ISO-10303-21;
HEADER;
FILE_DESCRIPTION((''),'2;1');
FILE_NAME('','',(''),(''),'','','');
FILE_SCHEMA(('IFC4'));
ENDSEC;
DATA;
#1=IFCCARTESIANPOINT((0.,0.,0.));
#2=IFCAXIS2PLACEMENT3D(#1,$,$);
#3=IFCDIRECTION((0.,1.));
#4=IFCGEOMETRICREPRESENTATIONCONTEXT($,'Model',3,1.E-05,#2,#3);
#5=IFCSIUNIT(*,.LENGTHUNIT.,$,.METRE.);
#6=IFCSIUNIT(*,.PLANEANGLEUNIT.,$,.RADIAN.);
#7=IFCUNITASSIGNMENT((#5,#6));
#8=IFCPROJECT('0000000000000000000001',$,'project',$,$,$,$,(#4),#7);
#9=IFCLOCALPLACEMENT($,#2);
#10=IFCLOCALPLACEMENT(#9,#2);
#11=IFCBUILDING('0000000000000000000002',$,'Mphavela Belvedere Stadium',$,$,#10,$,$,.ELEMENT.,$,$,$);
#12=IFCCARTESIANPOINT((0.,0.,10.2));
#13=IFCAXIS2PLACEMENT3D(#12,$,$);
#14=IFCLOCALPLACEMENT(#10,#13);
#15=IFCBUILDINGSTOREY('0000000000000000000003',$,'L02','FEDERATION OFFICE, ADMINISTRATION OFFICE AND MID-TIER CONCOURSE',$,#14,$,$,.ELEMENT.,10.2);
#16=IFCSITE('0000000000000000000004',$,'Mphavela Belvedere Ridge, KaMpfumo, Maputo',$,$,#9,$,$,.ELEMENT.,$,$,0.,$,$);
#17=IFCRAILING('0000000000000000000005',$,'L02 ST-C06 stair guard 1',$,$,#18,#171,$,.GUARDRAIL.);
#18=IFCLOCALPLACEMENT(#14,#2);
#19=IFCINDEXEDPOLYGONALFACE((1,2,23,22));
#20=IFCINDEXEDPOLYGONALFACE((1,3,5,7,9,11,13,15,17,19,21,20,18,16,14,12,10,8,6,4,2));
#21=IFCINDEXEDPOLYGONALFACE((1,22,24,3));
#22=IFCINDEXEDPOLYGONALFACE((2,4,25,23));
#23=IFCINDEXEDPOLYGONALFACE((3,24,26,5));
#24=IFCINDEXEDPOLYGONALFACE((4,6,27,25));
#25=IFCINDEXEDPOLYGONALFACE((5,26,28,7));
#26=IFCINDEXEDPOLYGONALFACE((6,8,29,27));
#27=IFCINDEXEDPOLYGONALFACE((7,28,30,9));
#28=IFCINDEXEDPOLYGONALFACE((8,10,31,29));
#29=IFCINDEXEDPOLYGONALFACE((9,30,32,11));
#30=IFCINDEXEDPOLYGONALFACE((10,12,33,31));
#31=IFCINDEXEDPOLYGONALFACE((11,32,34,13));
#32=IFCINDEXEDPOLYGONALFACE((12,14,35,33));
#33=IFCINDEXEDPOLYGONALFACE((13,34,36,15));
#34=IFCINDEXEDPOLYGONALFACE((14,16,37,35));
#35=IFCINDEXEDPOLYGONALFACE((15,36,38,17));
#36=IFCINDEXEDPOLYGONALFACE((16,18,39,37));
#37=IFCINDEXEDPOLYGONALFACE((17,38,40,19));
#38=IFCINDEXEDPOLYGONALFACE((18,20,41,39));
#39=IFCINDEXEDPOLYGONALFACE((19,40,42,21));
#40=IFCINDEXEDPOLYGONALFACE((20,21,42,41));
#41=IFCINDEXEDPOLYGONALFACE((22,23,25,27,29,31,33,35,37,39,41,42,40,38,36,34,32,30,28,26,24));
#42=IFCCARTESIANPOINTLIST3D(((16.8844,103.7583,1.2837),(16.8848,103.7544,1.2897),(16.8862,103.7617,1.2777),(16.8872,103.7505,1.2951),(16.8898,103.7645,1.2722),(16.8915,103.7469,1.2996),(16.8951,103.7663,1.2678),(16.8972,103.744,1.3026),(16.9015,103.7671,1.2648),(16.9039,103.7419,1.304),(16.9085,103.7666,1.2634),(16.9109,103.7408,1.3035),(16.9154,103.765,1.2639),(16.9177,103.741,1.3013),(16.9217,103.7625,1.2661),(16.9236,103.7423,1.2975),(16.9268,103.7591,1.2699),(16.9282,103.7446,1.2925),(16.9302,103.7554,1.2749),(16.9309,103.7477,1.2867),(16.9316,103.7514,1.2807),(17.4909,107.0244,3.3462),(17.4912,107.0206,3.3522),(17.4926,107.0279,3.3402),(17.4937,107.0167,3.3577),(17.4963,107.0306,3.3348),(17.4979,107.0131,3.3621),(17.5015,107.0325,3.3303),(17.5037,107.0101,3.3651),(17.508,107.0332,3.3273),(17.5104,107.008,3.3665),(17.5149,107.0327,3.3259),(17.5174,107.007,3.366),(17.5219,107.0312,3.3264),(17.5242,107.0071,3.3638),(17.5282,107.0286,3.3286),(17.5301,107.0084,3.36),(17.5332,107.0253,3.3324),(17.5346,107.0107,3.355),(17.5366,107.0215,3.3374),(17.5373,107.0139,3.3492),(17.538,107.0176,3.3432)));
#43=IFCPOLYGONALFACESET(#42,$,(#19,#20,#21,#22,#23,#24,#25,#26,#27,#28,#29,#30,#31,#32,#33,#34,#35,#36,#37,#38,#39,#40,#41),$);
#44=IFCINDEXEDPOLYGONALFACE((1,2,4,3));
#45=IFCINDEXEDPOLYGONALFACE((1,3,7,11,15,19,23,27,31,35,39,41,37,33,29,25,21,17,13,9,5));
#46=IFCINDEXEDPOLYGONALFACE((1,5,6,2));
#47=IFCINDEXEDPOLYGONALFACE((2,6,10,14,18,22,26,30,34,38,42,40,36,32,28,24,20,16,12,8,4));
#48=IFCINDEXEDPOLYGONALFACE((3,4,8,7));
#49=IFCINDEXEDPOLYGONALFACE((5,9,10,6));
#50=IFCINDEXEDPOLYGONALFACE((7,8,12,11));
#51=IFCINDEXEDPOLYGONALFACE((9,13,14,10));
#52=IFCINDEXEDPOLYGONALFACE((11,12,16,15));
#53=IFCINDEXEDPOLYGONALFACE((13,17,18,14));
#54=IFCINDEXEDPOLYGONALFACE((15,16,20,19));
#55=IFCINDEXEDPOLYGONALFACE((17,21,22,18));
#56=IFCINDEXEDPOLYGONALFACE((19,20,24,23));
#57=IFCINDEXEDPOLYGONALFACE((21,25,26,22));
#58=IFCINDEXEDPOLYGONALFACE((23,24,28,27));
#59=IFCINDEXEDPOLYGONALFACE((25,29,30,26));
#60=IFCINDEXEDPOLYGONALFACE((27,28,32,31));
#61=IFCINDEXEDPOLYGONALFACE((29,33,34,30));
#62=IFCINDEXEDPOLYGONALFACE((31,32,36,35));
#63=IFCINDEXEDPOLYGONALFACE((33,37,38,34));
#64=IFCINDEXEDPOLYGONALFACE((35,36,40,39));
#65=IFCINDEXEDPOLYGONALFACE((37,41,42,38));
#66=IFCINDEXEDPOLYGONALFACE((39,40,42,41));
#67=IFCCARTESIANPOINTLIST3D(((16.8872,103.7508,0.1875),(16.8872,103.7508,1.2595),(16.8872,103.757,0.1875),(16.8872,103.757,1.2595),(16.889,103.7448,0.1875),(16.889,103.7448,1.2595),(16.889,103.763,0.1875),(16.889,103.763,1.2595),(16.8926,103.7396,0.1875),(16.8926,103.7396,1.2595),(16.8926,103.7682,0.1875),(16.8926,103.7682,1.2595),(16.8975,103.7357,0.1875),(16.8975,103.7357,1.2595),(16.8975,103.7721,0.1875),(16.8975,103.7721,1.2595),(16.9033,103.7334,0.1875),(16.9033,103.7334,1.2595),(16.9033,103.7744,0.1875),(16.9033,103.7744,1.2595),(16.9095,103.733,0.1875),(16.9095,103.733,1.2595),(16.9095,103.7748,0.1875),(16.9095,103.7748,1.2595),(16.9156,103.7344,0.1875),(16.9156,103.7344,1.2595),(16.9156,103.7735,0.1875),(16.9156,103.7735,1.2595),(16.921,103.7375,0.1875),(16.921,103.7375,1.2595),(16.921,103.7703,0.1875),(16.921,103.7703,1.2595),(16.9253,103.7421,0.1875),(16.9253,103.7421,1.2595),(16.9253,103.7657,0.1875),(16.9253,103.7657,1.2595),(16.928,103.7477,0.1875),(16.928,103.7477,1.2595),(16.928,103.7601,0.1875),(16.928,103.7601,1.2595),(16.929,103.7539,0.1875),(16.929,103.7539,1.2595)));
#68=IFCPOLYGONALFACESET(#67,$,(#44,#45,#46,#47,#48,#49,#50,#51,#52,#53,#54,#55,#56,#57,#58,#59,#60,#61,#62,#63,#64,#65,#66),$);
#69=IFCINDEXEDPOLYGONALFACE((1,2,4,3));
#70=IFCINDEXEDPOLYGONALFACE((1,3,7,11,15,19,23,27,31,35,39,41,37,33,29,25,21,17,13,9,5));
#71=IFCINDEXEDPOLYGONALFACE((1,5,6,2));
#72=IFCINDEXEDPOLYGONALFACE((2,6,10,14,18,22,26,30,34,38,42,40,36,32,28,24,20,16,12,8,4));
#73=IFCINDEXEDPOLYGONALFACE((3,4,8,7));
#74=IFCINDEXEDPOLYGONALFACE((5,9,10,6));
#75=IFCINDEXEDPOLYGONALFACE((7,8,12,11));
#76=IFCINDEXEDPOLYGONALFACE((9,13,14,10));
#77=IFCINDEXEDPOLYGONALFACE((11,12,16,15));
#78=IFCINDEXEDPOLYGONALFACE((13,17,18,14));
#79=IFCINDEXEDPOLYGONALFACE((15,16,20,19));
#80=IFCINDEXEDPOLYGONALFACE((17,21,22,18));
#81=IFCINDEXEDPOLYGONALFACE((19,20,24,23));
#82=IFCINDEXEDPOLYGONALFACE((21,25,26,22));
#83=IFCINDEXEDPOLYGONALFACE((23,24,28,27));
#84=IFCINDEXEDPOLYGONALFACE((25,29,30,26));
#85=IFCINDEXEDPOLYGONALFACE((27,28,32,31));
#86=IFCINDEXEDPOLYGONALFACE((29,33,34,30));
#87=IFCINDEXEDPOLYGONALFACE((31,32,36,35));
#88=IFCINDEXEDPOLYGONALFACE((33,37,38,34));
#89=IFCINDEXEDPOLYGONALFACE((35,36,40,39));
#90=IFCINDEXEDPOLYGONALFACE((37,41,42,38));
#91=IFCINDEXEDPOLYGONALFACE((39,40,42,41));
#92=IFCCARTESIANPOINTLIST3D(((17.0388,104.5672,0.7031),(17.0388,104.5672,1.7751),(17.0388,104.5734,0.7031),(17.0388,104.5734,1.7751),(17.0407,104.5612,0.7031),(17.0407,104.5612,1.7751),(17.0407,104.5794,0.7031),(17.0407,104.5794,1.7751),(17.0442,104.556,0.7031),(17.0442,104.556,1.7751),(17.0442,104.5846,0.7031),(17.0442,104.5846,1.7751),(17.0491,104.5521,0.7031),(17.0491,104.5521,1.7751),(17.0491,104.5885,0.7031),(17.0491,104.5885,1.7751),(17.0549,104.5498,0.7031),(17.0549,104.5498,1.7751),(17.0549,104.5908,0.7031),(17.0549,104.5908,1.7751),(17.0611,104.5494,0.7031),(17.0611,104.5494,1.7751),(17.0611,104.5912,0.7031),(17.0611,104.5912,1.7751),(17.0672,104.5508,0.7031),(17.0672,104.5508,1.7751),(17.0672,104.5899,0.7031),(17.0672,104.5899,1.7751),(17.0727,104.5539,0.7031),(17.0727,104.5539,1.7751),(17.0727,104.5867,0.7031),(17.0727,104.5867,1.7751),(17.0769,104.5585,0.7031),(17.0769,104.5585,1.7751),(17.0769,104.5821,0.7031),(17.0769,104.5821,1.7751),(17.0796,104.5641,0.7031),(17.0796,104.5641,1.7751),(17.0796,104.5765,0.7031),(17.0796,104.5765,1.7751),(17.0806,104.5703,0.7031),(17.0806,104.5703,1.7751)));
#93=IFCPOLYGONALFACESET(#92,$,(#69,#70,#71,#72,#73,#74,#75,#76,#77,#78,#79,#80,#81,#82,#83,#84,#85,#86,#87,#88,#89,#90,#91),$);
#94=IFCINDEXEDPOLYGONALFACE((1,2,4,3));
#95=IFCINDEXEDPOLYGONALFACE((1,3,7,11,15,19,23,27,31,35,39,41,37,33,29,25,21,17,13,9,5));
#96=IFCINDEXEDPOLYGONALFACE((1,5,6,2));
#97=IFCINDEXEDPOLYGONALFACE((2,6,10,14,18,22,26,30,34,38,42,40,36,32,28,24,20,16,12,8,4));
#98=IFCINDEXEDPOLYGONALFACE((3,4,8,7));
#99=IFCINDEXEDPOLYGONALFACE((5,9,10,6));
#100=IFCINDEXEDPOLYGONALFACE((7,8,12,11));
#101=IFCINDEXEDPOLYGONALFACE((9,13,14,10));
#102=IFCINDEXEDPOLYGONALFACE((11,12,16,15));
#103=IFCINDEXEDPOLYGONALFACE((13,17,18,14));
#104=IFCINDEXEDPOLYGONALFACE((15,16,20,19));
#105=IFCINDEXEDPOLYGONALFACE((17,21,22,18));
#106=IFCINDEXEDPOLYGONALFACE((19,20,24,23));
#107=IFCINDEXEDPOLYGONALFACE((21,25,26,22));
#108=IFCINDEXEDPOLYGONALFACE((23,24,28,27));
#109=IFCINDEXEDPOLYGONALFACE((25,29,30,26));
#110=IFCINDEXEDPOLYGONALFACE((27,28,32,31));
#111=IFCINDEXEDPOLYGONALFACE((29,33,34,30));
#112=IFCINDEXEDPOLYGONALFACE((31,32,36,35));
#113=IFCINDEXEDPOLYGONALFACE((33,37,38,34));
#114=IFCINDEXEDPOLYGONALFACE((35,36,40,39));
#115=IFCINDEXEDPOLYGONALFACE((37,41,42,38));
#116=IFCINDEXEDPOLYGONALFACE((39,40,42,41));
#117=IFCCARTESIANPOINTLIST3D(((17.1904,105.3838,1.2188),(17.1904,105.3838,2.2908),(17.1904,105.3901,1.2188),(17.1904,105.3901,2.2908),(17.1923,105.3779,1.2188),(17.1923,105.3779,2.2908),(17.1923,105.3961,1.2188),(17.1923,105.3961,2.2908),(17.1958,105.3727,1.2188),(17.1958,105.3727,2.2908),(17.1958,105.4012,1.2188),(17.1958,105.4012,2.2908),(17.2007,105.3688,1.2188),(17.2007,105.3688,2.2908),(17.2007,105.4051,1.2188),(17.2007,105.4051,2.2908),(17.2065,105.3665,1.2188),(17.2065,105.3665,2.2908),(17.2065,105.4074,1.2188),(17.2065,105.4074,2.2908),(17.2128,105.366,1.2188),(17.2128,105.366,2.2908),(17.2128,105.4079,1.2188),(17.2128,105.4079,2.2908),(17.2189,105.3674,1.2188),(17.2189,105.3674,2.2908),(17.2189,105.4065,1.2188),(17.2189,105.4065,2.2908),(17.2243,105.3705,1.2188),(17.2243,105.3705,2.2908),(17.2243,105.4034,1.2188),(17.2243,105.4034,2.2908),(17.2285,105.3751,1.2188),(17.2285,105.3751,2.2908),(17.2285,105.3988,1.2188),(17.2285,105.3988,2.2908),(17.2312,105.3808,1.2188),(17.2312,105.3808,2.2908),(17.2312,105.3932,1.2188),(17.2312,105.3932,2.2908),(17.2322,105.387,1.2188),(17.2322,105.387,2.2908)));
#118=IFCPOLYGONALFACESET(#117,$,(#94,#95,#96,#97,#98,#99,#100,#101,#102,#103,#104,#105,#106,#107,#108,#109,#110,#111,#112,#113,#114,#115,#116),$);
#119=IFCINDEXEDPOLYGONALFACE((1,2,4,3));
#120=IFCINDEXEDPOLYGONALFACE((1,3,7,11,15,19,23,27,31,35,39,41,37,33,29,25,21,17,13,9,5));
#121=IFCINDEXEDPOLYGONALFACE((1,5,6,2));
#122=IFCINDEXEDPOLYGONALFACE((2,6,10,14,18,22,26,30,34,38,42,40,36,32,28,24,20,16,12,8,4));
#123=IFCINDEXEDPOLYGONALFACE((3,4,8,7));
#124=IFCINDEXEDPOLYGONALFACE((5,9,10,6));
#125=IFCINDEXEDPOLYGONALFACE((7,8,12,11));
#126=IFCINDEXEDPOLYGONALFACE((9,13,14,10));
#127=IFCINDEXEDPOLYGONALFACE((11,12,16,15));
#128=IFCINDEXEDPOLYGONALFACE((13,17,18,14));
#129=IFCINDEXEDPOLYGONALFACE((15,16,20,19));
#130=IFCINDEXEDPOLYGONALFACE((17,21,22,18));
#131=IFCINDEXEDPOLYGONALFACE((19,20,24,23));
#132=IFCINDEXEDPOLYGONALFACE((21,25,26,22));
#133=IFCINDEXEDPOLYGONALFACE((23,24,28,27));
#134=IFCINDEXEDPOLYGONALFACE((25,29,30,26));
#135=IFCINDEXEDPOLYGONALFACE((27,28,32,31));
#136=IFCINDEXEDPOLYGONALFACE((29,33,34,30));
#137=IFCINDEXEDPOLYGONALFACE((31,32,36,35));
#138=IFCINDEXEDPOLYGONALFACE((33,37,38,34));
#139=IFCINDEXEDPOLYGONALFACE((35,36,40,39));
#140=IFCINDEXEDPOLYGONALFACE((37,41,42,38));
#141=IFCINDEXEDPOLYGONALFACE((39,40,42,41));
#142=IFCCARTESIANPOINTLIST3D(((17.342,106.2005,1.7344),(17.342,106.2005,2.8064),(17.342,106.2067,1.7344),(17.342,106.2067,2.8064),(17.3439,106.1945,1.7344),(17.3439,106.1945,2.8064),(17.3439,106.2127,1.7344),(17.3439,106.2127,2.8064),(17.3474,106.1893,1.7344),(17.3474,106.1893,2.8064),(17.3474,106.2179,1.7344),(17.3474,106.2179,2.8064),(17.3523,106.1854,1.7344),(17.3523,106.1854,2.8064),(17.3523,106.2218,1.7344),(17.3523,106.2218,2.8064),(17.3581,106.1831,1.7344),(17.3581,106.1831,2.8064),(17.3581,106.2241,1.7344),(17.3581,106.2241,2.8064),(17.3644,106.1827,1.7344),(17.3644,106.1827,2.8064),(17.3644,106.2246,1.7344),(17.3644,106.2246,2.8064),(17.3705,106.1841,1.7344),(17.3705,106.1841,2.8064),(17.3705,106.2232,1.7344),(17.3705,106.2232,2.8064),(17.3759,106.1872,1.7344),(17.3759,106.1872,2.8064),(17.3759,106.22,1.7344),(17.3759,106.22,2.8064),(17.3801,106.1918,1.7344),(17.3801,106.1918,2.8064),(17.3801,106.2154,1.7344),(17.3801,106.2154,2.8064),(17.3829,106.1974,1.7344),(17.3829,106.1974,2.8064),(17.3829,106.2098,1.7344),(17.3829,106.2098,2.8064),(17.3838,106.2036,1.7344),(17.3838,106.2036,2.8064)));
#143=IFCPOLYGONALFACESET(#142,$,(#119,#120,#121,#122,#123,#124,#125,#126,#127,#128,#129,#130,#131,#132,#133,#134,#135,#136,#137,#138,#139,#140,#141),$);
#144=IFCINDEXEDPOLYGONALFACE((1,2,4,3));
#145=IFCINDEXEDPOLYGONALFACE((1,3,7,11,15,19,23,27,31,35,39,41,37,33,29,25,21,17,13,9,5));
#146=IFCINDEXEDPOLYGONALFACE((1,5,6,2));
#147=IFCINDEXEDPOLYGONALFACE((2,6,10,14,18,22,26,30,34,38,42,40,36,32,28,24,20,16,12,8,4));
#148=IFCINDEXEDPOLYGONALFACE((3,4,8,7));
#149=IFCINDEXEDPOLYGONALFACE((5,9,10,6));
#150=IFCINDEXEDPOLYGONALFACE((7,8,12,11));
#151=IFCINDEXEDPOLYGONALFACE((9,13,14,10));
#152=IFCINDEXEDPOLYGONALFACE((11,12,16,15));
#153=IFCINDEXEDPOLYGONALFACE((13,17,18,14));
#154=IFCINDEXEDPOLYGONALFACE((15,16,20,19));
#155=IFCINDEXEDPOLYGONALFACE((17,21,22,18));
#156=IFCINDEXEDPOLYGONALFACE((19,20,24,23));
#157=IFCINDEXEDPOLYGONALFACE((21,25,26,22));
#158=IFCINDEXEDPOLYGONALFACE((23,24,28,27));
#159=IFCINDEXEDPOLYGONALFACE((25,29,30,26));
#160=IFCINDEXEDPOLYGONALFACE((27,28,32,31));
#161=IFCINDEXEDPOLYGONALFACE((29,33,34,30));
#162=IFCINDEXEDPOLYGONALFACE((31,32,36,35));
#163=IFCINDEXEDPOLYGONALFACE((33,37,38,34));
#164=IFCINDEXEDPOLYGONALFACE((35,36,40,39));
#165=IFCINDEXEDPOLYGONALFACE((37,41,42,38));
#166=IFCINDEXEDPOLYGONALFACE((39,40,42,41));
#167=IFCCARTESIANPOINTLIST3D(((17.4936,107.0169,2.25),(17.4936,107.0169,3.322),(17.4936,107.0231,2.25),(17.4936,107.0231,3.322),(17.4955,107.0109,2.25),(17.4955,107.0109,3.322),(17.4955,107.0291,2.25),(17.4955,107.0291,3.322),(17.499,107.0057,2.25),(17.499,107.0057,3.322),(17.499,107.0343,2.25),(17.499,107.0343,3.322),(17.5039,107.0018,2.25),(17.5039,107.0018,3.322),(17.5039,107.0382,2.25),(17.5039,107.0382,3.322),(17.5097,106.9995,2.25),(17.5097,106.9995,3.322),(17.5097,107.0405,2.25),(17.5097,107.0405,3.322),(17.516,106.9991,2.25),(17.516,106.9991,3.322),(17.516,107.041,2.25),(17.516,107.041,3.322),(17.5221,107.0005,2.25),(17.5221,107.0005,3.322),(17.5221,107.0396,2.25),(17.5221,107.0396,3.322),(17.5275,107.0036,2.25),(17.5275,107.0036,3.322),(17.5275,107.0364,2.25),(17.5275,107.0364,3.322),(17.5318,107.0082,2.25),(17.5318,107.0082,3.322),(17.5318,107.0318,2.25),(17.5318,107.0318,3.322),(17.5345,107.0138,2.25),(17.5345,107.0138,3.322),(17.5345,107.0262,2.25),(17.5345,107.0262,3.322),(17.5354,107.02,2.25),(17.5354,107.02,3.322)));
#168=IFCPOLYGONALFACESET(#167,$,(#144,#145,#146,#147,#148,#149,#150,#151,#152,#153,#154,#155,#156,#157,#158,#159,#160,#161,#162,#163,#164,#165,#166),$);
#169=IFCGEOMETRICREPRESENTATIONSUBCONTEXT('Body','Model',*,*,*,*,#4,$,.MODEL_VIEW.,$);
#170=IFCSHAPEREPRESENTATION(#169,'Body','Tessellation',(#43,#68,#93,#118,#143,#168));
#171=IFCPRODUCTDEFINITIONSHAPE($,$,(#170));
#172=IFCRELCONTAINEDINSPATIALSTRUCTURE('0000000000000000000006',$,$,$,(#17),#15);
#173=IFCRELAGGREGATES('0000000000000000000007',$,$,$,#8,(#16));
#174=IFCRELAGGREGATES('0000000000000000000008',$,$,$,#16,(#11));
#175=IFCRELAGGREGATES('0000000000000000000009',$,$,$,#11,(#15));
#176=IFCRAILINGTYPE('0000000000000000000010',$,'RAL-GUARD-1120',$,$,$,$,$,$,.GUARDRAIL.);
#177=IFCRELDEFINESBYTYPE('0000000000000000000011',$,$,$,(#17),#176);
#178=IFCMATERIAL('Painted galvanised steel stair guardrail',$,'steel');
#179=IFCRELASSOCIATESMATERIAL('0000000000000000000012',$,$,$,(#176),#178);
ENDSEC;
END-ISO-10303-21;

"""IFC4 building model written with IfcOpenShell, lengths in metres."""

from ifc_helpers import new_model, si_unit, direction, frame, origin, origin_2d, place, context, subcontext, project, spatial, circle, extrude, material, type_object, element, save


model = new_model("IFC4")

# Units and contexts
model_context = context("Model", 3, precision=1e-05, world=origin(), true_north=direction((0.0, 1.0)))
body_context = subcontext(model_context, "Body", "Model", "MODEL_VIEW")
ifc_project = project(units=[si_unit("LENGTHUNIT", "METRE"), si_unit("PLANEANGLEUNIT", "RADIAN")], contexts=[model_context])

# Site, building, storey
site_placement = place(None, origin())
site = spatial("IfcSite", under=ifc_project, at=site_placement, Name="Mphavela Belvedere Ridge, KaMpfumo, Maputo", CompositionType="ELEMENT", RefElevation=0.0)
building_placement = place(site_placement, origin())
building = spatial("IfcBuilding", under=site, at=building_placement, Name="Mphavela Belvedere Stadium", CompositionType="ELEMENT")
storey_placement = place(building_placement, frame((0.0, 0.0, 10.2)))
storey = spatial("IfcBuildingStorey", under=building, at=storey_placement, Name="L02", Description="FEDERATION OFFICE, ADMINISTRATION OFFICE AND MID-TIER CONCOURSE", CompositionType="ELEMENT", Elevation=10.2)

# Railing
ifc_material_1 = material(Name="Painted galvanised steel stair guardrail", Category="steel")
railing_type_1 = type_object("IfcRailingType", Name="RAL-GUARD-1120", PredefinedType="GUARDRAIL", material=ifc_material_1)
railing_1_placement = place(storey_placement, frame((16.908, 103.7539, 0.1875)))
element("IfcRailing", 1, at=railing_1_placement, inside=storey, type_object=railing_type_1, Name="L02 ST-C06 stair guard 1", PredefinedType="GUARDRAIL", context=body_context, shape_type="SweptSolid", body=[
    extrude(circle(Radius=0.0239, at=origin_2d()), frame((0.0, 0.0, 1.0962), z_axis=(0.155096, 0.835294, 0.527475), x_axis=(-0.983195, 0.182558, 0.0)), (0.0, 0.0, 1.0), 3.9102),
    extrude(circle(Radius=0.021, at=origin_2d()), origin(), (0.0, 0.0, 1.0), 1.072),
    extrude(circle(Radius=0.021, at=origin_2d()), frame((0.1516, 0.8164, 0.5156)), (0.0, 0.0, 1.0), 1.072),
    extrude(circle(Radius=0.021, at=origin_2d()), frame((0.3032, 1.6331, 1.0312)), (0.0, 0.0, 1.0), 1.072),
    extrude(circle(Radius=0.021, at=origin_2d()), frame((0.4548, 2.4497, 1.5469)), (0.0, 0.0, 1.0), 1.072),
    extrude(circle(Radius=0.021, at=origin_2d()), frame((0.6064, 3.2661, 2.0625)), (0.0, 0.0, 1.0), 1.072),
])

save(model, "model.ifc")
